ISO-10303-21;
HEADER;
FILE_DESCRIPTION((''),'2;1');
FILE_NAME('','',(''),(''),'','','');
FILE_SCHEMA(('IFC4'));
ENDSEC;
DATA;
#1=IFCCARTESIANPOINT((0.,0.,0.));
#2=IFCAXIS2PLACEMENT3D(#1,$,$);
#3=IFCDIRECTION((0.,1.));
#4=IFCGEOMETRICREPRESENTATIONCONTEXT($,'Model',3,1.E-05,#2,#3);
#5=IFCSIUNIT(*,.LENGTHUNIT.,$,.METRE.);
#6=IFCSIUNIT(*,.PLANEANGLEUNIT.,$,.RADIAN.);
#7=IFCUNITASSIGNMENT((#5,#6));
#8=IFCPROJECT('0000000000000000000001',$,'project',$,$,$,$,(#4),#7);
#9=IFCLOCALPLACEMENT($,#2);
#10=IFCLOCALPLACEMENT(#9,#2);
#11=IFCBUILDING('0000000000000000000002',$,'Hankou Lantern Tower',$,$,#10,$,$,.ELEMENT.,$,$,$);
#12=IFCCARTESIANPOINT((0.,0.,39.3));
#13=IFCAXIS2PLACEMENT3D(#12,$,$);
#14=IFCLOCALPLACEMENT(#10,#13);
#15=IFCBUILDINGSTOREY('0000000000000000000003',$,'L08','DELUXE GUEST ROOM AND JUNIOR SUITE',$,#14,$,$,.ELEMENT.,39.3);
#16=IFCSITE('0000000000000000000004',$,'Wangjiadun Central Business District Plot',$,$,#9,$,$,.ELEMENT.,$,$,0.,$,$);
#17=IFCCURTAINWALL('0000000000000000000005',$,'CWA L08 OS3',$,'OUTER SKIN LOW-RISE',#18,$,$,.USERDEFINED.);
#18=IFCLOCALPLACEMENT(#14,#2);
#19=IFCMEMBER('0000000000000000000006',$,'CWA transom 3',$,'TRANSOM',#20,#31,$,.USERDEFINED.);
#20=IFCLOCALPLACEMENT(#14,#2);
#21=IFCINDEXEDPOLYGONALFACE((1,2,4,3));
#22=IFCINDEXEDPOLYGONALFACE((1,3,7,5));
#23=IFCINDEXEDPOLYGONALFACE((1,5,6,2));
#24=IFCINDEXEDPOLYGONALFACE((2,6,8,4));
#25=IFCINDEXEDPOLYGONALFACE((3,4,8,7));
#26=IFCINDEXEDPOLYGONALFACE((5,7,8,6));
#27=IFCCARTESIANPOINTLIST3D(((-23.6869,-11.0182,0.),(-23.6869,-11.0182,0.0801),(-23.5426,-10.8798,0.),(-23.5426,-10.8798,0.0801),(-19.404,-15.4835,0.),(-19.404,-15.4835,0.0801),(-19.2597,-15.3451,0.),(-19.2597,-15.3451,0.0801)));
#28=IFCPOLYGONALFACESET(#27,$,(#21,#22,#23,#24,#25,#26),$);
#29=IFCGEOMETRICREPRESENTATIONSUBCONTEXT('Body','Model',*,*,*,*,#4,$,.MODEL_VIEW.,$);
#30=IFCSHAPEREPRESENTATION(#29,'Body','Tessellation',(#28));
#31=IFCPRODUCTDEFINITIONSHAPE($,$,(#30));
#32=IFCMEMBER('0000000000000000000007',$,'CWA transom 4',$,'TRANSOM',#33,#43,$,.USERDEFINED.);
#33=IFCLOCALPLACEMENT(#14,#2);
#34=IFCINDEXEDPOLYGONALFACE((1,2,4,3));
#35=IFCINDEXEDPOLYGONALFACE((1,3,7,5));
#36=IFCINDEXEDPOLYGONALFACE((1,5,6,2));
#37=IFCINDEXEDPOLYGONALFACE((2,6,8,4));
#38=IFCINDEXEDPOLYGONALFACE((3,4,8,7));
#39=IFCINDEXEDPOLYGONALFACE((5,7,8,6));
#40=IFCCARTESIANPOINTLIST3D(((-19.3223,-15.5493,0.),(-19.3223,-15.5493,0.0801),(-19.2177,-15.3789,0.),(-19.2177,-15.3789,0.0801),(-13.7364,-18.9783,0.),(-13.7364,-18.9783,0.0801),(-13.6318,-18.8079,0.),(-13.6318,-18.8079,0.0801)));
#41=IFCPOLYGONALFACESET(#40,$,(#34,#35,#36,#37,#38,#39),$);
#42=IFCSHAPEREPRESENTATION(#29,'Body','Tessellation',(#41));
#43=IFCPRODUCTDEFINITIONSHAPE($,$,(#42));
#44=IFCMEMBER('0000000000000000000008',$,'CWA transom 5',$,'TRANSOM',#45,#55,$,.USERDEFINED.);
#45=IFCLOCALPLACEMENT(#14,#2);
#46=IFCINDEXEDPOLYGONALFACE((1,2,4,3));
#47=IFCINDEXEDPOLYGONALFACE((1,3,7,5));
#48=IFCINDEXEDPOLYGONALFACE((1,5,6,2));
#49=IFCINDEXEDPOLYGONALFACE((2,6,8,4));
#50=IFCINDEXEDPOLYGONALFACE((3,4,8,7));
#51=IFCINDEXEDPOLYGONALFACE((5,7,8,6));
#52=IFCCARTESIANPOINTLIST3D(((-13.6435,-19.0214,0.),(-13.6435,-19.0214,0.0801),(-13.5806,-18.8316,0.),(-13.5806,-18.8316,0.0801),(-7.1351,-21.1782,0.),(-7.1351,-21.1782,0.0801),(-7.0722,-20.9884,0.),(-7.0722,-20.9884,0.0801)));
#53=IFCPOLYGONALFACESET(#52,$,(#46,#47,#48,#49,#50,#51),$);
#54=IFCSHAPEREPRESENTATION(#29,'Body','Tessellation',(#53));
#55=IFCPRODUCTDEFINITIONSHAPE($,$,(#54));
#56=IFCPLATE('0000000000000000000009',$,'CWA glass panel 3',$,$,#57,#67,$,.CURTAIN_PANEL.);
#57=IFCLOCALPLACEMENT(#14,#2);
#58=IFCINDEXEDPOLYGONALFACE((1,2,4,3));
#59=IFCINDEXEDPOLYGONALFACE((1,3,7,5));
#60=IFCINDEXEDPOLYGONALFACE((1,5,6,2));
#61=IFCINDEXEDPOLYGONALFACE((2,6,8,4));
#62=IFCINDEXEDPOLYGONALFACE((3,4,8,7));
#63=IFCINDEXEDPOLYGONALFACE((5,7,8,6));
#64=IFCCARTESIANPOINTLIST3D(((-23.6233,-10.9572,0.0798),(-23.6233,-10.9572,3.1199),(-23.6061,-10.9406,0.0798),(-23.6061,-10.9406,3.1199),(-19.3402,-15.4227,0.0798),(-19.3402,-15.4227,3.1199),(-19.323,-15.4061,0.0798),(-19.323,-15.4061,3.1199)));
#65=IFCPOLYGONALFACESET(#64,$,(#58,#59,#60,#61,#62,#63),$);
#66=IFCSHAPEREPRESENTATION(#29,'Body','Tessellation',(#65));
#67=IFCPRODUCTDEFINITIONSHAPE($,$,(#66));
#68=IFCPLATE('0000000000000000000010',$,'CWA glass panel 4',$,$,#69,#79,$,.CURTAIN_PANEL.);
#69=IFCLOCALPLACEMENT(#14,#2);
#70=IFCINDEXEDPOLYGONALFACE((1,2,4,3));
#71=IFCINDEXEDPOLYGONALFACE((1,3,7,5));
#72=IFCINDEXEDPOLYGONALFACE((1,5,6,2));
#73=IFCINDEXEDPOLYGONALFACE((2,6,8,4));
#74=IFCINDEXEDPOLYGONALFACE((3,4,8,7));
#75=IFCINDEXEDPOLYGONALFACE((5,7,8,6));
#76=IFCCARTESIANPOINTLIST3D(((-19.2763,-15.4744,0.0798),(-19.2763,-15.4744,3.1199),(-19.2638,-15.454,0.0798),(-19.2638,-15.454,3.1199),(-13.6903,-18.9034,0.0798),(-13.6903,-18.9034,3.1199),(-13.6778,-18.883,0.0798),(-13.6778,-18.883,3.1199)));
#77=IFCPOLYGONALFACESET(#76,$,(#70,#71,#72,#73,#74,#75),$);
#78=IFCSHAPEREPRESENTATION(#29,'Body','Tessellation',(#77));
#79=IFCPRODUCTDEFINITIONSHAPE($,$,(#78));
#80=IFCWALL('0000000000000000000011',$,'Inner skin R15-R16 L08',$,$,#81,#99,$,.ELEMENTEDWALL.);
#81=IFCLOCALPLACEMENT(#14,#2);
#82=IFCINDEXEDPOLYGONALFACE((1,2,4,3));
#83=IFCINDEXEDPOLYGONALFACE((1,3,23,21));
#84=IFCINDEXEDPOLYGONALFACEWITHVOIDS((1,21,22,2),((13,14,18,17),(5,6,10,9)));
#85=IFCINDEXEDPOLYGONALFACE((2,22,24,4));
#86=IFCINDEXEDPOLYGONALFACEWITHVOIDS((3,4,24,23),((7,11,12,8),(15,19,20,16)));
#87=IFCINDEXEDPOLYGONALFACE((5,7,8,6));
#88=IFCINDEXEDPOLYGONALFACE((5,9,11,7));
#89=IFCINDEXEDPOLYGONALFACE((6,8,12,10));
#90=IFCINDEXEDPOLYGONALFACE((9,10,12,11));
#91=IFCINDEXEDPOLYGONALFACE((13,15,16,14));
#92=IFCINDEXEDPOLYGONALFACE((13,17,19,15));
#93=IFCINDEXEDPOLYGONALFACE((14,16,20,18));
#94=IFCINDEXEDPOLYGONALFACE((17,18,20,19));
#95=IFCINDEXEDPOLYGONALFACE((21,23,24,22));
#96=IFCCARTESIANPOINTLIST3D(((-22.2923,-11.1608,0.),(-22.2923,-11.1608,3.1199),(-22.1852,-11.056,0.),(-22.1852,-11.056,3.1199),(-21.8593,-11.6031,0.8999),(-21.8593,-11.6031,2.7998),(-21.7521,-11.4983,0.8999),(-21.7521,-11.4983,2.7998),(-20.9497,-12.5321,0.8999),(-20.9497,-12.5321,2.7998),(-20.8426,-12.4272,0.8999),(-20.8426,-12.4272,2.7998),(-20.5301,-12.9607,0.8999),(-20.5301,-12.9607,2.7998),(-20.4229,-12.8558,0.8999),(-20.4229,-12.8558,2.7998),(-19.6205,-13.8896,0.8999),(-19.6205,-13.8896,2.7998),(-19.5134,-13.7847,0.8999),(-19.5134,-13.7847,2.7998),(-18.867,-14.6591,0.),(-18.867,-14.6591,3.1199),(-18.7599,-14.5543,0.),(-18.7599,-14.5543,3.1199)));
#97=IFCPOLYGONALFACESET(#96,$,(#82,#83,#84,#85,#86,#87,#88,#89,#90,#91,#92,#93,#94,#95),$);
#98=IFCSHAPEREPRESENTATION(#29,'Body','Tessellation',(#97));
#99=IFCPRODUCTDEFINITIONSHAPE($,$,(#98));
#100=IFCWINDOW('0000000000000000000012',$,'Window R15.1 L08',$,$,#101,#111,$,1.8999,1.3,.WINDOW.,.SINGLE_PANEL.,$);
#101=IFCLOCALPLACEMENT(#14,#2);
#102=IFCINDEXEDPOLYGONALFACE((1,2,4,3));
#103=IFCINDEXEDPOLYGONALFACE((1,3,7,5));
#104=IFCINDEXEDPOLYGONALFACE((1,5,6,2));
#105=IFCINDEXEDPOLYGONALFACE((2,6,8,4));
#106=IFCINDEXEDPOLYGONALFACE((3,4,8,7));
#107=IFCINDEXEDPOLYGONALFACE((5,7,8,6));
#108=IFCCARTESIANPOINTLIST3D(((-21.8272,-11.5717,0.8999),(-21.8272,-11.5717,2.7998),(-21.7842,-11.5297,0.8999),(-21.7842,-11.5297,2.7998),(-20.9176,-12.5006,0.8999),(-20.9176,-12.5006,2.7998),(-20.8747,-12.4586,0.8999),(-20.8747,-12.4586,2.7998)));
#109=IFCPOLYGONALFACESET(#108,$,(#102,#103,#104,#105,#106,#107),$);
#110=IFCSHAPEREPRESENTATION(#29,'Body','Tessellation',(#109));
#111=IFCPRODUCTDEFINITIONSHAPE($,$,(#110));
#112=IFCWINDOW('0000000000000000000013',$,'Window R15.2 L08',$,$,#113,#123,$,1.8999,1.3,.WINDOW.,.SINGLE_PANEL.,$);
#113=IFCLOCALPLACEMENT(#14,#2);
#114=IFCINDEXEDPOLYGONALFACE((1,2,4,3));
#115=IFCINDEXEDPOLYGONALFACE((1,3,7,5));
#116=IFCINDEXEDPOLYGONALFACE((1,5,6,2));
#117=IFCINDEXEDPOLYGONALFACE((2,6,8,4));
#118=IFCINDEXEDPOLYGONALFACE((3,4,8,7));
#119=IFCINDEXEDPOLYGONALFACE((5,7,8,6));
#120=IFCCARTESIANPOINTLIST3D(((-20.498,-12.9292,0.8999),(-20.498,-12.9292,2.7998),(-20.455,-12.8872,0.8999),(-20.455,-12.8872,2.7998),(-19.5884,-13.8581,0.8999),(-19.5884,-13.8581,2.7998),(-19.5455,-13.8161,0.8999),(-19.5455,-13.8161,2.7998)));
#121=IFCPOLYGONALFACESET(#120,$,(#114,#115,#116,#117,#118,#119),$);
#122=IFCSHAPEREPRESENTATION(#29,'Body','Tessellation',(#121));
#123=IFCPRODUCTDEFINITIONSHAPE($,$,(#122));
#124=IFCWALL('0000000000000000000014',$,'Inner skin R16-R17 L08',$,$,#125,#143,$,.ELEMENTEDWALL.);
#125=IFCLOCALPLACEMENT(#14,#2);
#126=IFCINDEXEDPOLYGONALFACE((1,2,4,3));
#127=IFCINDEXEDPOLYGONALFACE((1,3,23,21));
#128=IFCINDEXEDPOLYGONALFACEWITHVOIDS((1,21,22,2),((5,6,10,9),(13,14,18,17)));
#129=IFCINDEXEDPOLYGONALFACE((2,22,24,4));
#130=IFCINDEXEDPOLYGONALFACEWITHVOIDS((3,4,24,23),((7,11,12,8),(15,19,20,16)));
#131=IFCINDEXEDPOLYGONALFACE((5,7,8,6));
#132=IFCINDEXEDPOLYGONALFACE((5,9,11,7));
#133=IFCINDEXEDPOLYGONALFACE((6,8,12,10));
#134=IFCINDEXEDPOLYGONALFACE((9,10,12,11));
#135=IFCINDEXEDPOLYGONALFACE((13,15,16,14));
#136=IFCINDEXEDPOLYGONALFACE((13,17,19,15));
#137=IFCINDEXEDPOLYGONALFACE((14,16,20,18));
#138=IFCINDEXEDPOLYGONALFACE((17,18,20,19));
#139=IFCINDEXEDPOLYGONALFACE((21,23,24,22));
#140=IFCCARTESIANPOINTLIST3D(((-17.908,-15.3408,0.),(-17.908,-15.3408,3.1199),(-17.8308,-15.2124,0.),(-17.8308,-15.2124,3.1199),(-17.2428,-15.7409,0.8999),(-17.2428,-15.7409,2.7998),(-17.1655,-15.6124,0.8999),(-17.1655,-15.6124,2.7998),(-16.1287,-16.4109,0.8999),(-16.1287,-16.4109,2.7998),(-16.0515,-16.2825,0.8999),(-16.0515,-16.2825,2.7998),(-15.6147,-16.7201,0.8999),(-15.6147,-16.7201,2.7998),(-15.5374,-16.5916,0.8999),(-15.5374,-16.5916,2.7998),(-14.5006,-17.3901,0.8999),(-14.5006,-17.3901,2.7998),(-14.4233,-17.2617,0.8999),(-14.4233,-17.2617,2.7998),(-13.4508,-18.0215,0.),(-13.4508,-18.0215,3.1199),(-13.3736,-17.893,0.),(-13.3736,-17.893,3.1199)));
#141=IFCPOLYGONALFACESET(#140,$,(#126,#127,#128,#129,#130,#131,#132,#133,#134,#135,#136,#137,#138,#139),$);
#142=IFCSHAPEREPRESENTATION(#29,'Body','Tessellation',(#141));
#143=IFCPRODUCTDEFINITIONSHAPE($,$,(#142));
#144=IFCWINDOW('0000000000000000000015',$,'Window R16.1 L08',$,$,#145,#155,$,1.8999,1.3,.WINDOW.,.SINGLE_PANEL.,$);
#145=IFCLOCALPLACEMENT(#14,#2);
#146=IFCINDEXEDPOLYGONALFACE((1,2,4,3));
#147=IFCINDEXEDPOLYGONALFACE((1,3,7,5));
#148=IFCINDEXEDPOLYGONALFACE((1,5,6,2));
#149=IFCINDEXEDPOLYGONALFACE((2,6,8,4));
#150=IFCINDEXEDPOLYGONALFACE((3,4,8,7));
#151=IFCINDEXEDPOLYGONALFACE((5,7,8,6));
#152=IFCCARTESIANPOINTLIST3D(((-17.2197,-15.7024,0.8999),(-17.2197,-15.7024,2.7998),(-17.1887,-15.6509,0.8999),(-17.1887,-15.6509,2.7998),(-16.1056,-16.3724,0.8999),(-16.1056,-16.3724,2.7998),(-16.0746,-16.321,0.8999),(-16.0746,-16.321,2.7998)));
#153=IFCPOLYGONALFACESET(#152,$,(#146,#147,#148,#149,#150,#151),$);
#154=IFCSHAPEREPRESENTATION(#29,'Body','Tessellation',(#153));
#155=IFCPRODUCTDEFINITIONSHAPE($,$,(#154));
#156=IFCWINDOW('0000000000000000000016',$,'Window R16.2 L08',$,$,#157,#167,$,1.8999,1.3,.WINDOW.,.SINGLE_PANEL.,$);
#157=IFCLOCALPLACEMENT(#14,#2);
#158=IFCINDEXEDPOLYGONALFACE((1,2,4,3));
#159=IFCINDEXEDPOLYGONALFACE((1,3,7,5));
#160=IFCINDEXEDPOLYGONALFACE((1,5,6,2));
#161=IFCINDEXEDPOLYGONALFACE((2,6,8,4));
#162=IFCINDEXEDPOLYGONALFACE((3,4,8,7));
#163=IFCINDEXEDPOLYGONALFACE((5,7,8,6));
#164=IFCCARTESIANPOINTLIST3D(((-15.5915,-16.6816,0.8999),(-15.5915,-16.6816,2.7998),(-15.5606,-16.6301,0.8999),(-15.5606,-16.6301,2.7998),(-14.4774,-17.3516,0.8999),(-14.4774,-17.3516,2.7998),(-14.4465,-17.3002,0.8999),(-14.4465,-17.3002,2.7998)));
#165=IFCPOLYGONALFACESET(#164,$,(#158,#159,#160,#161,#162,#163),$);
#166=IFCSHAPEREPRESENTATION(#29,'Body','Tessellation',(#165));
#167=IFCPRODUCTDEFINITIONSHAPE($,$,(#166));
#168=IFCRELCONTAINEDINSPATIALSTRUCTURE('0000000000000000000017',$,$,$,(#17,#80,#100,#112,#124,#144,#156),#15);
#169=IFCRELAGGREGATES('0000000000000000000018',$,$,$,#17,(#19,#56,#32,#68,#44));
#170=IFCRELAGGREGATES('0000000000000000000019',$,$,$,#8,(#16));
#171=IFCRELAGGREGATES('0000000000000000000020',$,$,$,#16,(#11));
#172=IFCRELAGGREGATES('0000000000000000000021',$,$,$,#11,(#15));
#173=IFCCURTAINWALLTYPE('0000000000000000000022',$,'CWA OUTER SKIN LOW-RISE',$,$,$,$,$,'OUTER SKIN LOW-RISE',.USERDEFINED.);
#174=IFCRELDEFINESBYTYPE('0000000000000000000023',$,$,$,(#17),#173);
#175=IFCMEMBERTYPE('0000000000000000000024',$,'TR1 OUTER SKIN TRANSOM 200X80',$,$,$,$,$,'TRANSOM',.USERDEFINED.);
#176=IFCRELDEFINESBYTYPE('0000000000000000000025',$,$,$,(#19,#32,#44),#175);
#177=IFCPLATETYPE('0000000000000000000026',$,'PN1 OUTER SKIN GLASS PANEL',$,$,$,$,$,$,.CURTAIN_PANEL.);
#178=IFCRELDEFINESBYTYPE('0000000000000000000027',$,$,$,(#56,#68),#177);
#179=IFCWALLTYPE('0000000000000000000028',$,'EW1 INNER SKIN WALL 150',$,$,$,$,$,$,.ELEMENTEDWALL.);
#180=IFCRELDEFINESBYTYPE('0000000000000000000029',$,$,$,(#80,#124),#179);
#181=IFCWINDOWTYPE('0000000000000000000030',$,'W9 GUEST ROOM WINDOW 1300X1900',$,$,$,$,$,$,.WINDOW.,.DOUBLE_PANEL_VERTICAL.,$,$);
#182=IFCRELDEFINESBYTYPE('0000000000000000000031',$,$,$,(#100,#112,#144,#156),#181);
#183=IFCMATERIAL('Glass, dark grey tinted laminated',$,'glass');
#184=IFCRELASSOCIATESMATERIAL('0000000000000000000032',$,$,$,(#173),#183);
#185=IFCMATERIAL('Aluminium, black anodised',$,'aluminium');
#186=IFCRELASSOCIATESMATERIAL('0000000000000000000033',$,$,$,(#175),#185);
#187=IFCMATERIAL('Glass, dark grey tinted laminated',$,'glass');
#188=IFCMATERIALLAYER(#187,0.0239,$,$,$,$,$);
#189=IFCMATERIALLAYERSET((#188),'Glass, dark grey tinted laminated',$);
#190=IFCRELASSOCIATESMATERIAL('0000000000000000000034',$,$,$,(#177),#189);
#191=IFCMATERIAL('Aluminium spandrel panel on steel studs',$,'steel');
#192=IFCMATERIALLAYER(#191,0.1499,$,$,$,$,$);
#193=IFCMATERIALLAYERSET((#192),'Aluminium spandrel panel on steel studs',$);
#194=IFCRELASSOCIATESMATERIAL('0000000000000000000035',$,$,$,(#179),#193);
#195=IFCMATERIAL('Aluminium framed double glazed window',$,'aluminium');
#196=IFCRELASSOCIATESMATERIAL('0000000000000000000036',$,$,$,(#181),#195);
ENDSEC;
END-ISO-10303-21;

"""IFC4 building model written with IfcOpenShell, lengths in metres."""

from ifc_helpers import new_model, si_unit, direction, frame, frame_2d, origin, origin_2d, place, context, subcontext, project, spatial, rectangle, extrude, material, layer, layer_set, material_profile, profile_set, type_object, element, fill, aggregate, save


model = new_model("IFC4")

# Units and contexts
model_context = context("Model", 3, precision=1e-05, world=origin(), true_north=direction((0.0, 1.0)))
body_context = subcontext(model_context, "Body", "Model", "MODEL_VIEW")
ifc_project = project(units=[si_unit("LENGTHUNIT", "METRE"), si_unit("PLANEANGLEUNIT", "RADIAN")], contexts=[model_context])

# Site, building, storey
site_placement = place(None, origin())
site = spatial("IfcSite", under=ifc_project, at=site_placement, Name="Wangjiadun Central Business District Plot", CompositionType="ELEMENT", RefElevation=0.0)
building_placement = place(site_placement, origin())
building = spatial("IfcBuilding", under=site, at=building_placement, Name="Hankou Lantern Tower", CompositionType="ELEMENT")
storey_placement = place(building_placement, frame((0.0, 0.0, 39.3)))
storey = spatial("IfcBuildingStorey", under=building, at=storey_placement, Name="L08", Description="DELUXE GUEST ROOM AND JUNIOR SUITE", CompositionType="ELEMENT", Elevation=39.3)

# Curtain wall
ifc_material_1 = material(Name="Glass, dark grey tinted laminated", Category="glass")
curtain_wall_type = type_object("IfcCurtainWallType", Name="CWA OUTER SKIN LOW-RISE", ElementType="OUTER SKIN LOW-RISE", PredefinedType="USERDEFINED", material=ifc_material_1)
curtain_wall_placement = place(storey_placement, origin())
curtain_wall = element("IfcCurtainWall", 1, at=curtain_wall_placement, inside=storey, type_object=curtain_wall_type, Name="CWA L08 OS3", ObjectType="OUTER SKIN LOW-RISE", PredefinedType="USERDEFINED")

# Members
ifc_material_2 = material(Name="Aluminium, black anodised", Category="aluminium")
ifc_material_profile_1 = material_profile(ifc_material_2, rectangle(XDim=0.2, YDim=0.0801, at=origin_2d()), Name="TR1 200X80")
ifc_profile_set_1 = profile_set([ifc_material_profile_1], Name="Aluminium, black anodised")
member_type_1 = type_object("IfcMemberType", Name="TR1 OUTER SKIN TRANSOM 200X80", ElementType="TRANSOM", PredefinedType="USERDEFINED", material=ifc_profile_set_1)
member_1_placement = place(storey_placement, frame((-23.6147, -10.949, 0.04), z_axis=(0.692216, -0.721691, 0.0), x_axis=(0.721691, 0.692216, 0.0)))
member_1 = element("IfcMember", 2, at=member_1_placement, type_object=member_type_1, Name="CWA transom 3", ObjectType="TRANSOM", PredefinedType="USERDEFINED", context=body_context, shape_type="SweptSolid", body=[
    extrude(rectangle(XDim=0.2, YDim=0.0801, at=origin_2d()), origin(), (0.0, 0.0, 1.0), 6.1873),
])
member_2_placement = place(storey_placement, frame((-19.27, -15.4641, 0.04), z_axis=(0.85224, -0.523152, 0.0), x_axis=(0.523152, 0.85224, 0.0)))
member_2 = element("IfcMember", 3, at=member_2_placement, type_object=member_type_1, Name="CWA transom 4", ObjectType="TRANSOM", PredefinedType="USERDEFINED", context=body_context, shape_type="SweptSolid", body=[
    extrude(rectangle(XDim=0.2, YDim=0.0801, at=origin_2d()), origin(), (0.0, 0.0, 1.0), 6.5544),
])
member_3_placement = place(storey_placement, frame((-13.6121, -18.9265, 0.04), z_axis=(0.949237, -0.314561, 0.0), x_axis=(0.314561, 0.949237, 0.0)))
member_3 = element("IfcMember", 4, at=member_3_placement, type_object=member_type_1, Name="CWA transom 5", ObjectType="TRANSOM", PredefinedType="USERDEFINED", context=body_context, shape_type="SweptSolid", body=[
    extrude(rectangle(XDim=0.2, YDim=0.0801, at=origin_2d()), origin(), (0.0, 0.0, 1.0), 6.8564),
])

# Plates
ifc_material_3 = material(Name="Glass, dark grey tinted laminated", Category="glass")
ifc_layer_1 = layer(ifc_material_3, 0.0239)
ifc_layer_set_1 = layer_set([ifc_layer_1], Name="Glass, dark grey tinted laminated")
plate_type = type_object("IfcPlateType", Name="PN1 OUTER SKIN GLASS PANEL", PredefinedType="CURTAIN_PANEL", material=ifc_layer_set_1)
plate_1_placement = place(storey_placement, frame((-21.4731, -13.1816, 0.0798), z_axis=(0.0, 0.0, 1.0), x_axis=(0.692216, -0.721691, 0.0)))
plate_1 = element("IfcPlate", 5, at=plate_1_placement, type_object=plate_type, Name="CWA glass panel 3", PredefinedType="CURTAIN_PANEL", context=body_context, shape_type="SweptSolid", body=[
    extrude(rectangle(XDim=6.1875, YDim=0.0239, at=origin_2d()), origin(), (0.0, 0.0, 1.0), 3.04),
])
plate_2_placement = place(storey_placement, frame((-16.4771, -17.1787, 0.0798), z_axis=(0.0, 0.0, 1.0), x_axis=(0.852237, -0.523156, 0.0)))
plate_2 = element("IfcPlate", 6, at=plate_2_placement, type_object=plate_type, Name="CWA glass panel 4", PredefinedType="CURTAIN_PANEL", context=body_context, shape_type="SweptSolid", body=[
    extrude(rectangle(XDim=6.5544, YDim=0.0239, at=origin_2d()), origin(), (0.0, 0.0, 1.0), 3.04),
])
aggregate(curtain_wall, [member_1, plate_1, member_2, plate_2, member_3])

# Walls, openings, windows
ifc_material_4 = material(Name="Aluminium spandrel panel on steel studs", Category="steel")
ifc_layer_2 = layer(ifc_material_4, 0.1499)
ifc_layer_set_2 = layer_set([ifc_layer_2], Name="Aluminium spandrel panel on steel studs")
wall_type_1 = type_object("IfcWallType", Name="EW1 INNER SKIN WALL 150", PredefinedType="ELEMENTEDWALL", material=ifc_layer_set_2)
wall_1_placement = place(storey_placement, frame((-22.2388, -11.1084, 0.0), z_axis=(0.0, 0.0, 1.0), x_axis=(0.699613, -0.714522, 0.0)))
wall_1 = element("IfcWall", 7, at=wall_1_placement, inside=storey, type_object=wall_type_1, Name="Inner skin R15-R16 L08", PredefinedType="ELEMENTEDWALL", context=body_context, shape_type="SweptSolid", body=[
    extrude(rectangle(XDim=4.896, YDim=0.1499, at=frame_2d((2.448, 0.0))), origin(), (0.0, 0.0, 1.0), 3.1199),
])
opening_1_placement = place(wall_1_placement, frame((0.6191, 0.0, 0.8999)))
opening_1 = element("IfcOpeningElement", 8, at=opening_1_placement, cuts=wall_1, PredefinedType="OPENING", context=body_context, shape_type="SweptSolid", body=[
    extrude(rectangle(XDim=1.3, YDim=1.8999, at=frame_2d((0.6499, 0.95))), frame((0.0, 0.085, 0.0), z_axis=(0.0, -1.0, 0.0), x_axis=(1.0, 0.0, 0.0)), (0.0, 0.0, 1.0), 0.1699),
])
opening_2_placement = place(wall_1_placement, frame((2.519, 0.0, 0.8999)))
opening_2 = element("IfcOpeningElement", 9, at=opening_2_placement, cuts=wall_1, PredefinedType="OPENING", context=body_context, shape_type="SweptSolid", body=[
    extrude(rectangle(XDim=1.3, YDim=1.8999, at=frame_2d((0.6499, 0.95))), frame((0.0, 0.085, 0.0), z_axis=(0.0, -1.0, 0.0), x_axis=(1.0, 0.0, 0.0)), (0.0, 0.0, 1.0), 0.1699),
])
ifc_material_5 = material(Name="Aluminium framed double glazed window", Category="aluminium")
window_type = type_object("IfcWindowType", Name="W9 GUEST ROOM WINDOW 1300X1900", PartitioningType="DOUBLE_PANEL_VERTICAL", PredefinedType="WINDOW", material=ifc_material_5)
window_1_placement = place(opening_1_placement, origin())
window_1 = element("IfcWindow", 10, at=window_1_placement, inside=storey, type_object=window_type, Name="Window R15.1 L08", OverallHeight=1.8999, OverallWidth=1.3, PartitioningType="SINGLE_PANEL", PredefinedType="WINDOW", context=body_context, shape_type="SweptSolid", body=[
    extrude(rectangle(XDim=1.3, YDim=1.8999, at=frame_2d((0.6499, 0.95))), frame((0.0, 0.03, 0.0), z_axis=(0.0, -1.0, 0.0), x_axis=(1.0, 0.0, 0.0)), (0.0, 0.0, 1.0), 0.0601),
])
fill(opening_1, window_1)
window_2_placement = place(opening_2_placement, origin())
window_2 = element("IfcWindow", 11, at=window_2_placement, inside=storey, type_object=window_type, Name="Window R15.2 L08", OverallHeight=1.8999, OverallWidth=1.3, PartitioningType="SINGLE_PANEL", PredefinedType="WINDOW", context=body_context, shape_type="SweptSolid", body=[
    extrude(rectangle(XDim=1.3, YDim=1.8999, at=frame_2d((0.6499, 0.95))), frame((0.0, 0.03, 0.0), z_axis=(0.0, -1.0, 0.0), x_axis=(1.0, 0.0, 0.0)), (0.0, 0.0, 1.0), 0.0601),
])
fill(opening_2, window_2)
wall_2_placement = place(storey_placement, frame((-17.8694, -15.2766, 0.0), z_axis=(0.0, 0.0, 1.0), x_axis=(0.856958, -0.515386, 0.0)))
wall_2 = element("IfcWall", 12, at=wall_2_placement, inside=storey, type_object=wall_type_1, Name="Inner skin R16-R17 L08", PredefinedType="ELEMENTEDWALL", context=body_context, shape_type="SweptSolid", body=[
    extrude(rectangle(XDim=5.2012, YDim=0.1499, at=frame_2d((2.6006, 0.0))), origin(), (0.0, 0.0, 1.0), 3.1199),
])
opening_3_placement = place(wall_2_placement, frame((0.7764, 0.0, 0.8999)))
opening_3 = element("IfcOpeningElement", 13, at=opening_3_placement, cuts=wall_2, PredefinedType="OPENING", context=body_context, shape_type="SweptSolid", body=[
    extrude(rectangle(XDim=1.3, YDim=1.8999, at=frame_2d((0.6499, 0.95))), frame((0.0, 0.085, 0.0), z_axis=(0.0, -1.0, 0.0), x_axis=(1.0, 0.0, 0.0)), (0.0, 0.0, 1.0), 0.1699),
])
opening_4_placement = place(wall_2_placement, frame((2.6763, 0.0, 0.8999)))
opening_4 = element("IfcOpeningElement", 14, at=opening_4_placement, cuts=wall_2, PredefinedType="OPENING", context=body_context, shape_type="SweptSolid", body=[
    extrude(rectangle(XDim=1.3, YDim=1.8999, at=frame_2d((0.6499, 0.95))), frame((0.0, 0.085, 0.0), z_axis=(0.0, -1.0, 0.0), x_axis=(1.0, 0.0, 0.0)), (0.0, 0.0, 1.0), 0.1699),
])
window_3_placement = place(opening_3_placement, origin())
window_3 = element("IfcWindow", 15, at=window_3_placement, inside=storey, type_object=window_type, Name="Window R16.1 L08", OverallHeight=1.8999, OverallWidth=1.3, PartitioningType="SINGLE_PANEL", PredefinedType="WINDOW", context=body_context, shape_type="SweptSolid", body=[
    extrude(rectangle(XDim=1.3, YDim=1.8999, at=frame_2d((0.6499, 0.95))), frame((0.0, 0.03, 0.0), z_axis=(0.0, -1.0, 0.0), x_axis=(1.0, 0.0, 0.0)), (0.0, 0.0, 1.0), 0.0601),
])
fill(opening_3, window_3)
window_4_placement = place(opening_4_placement, origin())
window_4 = element("IfcWindow", 16, at=window_4_placement, inside=storey, type_object=window_type, Name="Window R16.2 L08", OverallHeight=1.8999, OverallWidth=1.3, PartitioningType="SINGLE_PANEL", PredefinedType="WINDOW", context=body_context, shape_type="SweptSolid", body=[
    extrude(rectangle(XDim=1.3, YDim=1.8999, at=frame_2d((0.6499, 0.95))), frame((0.0, 0.03, 0.0), z_axis=(0.0, -1.0, 0.0), x_axis=(1.0, 0.0, 0.0)), (0.0, 0.0, 1.0), 0.0601),
])
fill(opening_4, window_4)

save(model, "model.ifc")
